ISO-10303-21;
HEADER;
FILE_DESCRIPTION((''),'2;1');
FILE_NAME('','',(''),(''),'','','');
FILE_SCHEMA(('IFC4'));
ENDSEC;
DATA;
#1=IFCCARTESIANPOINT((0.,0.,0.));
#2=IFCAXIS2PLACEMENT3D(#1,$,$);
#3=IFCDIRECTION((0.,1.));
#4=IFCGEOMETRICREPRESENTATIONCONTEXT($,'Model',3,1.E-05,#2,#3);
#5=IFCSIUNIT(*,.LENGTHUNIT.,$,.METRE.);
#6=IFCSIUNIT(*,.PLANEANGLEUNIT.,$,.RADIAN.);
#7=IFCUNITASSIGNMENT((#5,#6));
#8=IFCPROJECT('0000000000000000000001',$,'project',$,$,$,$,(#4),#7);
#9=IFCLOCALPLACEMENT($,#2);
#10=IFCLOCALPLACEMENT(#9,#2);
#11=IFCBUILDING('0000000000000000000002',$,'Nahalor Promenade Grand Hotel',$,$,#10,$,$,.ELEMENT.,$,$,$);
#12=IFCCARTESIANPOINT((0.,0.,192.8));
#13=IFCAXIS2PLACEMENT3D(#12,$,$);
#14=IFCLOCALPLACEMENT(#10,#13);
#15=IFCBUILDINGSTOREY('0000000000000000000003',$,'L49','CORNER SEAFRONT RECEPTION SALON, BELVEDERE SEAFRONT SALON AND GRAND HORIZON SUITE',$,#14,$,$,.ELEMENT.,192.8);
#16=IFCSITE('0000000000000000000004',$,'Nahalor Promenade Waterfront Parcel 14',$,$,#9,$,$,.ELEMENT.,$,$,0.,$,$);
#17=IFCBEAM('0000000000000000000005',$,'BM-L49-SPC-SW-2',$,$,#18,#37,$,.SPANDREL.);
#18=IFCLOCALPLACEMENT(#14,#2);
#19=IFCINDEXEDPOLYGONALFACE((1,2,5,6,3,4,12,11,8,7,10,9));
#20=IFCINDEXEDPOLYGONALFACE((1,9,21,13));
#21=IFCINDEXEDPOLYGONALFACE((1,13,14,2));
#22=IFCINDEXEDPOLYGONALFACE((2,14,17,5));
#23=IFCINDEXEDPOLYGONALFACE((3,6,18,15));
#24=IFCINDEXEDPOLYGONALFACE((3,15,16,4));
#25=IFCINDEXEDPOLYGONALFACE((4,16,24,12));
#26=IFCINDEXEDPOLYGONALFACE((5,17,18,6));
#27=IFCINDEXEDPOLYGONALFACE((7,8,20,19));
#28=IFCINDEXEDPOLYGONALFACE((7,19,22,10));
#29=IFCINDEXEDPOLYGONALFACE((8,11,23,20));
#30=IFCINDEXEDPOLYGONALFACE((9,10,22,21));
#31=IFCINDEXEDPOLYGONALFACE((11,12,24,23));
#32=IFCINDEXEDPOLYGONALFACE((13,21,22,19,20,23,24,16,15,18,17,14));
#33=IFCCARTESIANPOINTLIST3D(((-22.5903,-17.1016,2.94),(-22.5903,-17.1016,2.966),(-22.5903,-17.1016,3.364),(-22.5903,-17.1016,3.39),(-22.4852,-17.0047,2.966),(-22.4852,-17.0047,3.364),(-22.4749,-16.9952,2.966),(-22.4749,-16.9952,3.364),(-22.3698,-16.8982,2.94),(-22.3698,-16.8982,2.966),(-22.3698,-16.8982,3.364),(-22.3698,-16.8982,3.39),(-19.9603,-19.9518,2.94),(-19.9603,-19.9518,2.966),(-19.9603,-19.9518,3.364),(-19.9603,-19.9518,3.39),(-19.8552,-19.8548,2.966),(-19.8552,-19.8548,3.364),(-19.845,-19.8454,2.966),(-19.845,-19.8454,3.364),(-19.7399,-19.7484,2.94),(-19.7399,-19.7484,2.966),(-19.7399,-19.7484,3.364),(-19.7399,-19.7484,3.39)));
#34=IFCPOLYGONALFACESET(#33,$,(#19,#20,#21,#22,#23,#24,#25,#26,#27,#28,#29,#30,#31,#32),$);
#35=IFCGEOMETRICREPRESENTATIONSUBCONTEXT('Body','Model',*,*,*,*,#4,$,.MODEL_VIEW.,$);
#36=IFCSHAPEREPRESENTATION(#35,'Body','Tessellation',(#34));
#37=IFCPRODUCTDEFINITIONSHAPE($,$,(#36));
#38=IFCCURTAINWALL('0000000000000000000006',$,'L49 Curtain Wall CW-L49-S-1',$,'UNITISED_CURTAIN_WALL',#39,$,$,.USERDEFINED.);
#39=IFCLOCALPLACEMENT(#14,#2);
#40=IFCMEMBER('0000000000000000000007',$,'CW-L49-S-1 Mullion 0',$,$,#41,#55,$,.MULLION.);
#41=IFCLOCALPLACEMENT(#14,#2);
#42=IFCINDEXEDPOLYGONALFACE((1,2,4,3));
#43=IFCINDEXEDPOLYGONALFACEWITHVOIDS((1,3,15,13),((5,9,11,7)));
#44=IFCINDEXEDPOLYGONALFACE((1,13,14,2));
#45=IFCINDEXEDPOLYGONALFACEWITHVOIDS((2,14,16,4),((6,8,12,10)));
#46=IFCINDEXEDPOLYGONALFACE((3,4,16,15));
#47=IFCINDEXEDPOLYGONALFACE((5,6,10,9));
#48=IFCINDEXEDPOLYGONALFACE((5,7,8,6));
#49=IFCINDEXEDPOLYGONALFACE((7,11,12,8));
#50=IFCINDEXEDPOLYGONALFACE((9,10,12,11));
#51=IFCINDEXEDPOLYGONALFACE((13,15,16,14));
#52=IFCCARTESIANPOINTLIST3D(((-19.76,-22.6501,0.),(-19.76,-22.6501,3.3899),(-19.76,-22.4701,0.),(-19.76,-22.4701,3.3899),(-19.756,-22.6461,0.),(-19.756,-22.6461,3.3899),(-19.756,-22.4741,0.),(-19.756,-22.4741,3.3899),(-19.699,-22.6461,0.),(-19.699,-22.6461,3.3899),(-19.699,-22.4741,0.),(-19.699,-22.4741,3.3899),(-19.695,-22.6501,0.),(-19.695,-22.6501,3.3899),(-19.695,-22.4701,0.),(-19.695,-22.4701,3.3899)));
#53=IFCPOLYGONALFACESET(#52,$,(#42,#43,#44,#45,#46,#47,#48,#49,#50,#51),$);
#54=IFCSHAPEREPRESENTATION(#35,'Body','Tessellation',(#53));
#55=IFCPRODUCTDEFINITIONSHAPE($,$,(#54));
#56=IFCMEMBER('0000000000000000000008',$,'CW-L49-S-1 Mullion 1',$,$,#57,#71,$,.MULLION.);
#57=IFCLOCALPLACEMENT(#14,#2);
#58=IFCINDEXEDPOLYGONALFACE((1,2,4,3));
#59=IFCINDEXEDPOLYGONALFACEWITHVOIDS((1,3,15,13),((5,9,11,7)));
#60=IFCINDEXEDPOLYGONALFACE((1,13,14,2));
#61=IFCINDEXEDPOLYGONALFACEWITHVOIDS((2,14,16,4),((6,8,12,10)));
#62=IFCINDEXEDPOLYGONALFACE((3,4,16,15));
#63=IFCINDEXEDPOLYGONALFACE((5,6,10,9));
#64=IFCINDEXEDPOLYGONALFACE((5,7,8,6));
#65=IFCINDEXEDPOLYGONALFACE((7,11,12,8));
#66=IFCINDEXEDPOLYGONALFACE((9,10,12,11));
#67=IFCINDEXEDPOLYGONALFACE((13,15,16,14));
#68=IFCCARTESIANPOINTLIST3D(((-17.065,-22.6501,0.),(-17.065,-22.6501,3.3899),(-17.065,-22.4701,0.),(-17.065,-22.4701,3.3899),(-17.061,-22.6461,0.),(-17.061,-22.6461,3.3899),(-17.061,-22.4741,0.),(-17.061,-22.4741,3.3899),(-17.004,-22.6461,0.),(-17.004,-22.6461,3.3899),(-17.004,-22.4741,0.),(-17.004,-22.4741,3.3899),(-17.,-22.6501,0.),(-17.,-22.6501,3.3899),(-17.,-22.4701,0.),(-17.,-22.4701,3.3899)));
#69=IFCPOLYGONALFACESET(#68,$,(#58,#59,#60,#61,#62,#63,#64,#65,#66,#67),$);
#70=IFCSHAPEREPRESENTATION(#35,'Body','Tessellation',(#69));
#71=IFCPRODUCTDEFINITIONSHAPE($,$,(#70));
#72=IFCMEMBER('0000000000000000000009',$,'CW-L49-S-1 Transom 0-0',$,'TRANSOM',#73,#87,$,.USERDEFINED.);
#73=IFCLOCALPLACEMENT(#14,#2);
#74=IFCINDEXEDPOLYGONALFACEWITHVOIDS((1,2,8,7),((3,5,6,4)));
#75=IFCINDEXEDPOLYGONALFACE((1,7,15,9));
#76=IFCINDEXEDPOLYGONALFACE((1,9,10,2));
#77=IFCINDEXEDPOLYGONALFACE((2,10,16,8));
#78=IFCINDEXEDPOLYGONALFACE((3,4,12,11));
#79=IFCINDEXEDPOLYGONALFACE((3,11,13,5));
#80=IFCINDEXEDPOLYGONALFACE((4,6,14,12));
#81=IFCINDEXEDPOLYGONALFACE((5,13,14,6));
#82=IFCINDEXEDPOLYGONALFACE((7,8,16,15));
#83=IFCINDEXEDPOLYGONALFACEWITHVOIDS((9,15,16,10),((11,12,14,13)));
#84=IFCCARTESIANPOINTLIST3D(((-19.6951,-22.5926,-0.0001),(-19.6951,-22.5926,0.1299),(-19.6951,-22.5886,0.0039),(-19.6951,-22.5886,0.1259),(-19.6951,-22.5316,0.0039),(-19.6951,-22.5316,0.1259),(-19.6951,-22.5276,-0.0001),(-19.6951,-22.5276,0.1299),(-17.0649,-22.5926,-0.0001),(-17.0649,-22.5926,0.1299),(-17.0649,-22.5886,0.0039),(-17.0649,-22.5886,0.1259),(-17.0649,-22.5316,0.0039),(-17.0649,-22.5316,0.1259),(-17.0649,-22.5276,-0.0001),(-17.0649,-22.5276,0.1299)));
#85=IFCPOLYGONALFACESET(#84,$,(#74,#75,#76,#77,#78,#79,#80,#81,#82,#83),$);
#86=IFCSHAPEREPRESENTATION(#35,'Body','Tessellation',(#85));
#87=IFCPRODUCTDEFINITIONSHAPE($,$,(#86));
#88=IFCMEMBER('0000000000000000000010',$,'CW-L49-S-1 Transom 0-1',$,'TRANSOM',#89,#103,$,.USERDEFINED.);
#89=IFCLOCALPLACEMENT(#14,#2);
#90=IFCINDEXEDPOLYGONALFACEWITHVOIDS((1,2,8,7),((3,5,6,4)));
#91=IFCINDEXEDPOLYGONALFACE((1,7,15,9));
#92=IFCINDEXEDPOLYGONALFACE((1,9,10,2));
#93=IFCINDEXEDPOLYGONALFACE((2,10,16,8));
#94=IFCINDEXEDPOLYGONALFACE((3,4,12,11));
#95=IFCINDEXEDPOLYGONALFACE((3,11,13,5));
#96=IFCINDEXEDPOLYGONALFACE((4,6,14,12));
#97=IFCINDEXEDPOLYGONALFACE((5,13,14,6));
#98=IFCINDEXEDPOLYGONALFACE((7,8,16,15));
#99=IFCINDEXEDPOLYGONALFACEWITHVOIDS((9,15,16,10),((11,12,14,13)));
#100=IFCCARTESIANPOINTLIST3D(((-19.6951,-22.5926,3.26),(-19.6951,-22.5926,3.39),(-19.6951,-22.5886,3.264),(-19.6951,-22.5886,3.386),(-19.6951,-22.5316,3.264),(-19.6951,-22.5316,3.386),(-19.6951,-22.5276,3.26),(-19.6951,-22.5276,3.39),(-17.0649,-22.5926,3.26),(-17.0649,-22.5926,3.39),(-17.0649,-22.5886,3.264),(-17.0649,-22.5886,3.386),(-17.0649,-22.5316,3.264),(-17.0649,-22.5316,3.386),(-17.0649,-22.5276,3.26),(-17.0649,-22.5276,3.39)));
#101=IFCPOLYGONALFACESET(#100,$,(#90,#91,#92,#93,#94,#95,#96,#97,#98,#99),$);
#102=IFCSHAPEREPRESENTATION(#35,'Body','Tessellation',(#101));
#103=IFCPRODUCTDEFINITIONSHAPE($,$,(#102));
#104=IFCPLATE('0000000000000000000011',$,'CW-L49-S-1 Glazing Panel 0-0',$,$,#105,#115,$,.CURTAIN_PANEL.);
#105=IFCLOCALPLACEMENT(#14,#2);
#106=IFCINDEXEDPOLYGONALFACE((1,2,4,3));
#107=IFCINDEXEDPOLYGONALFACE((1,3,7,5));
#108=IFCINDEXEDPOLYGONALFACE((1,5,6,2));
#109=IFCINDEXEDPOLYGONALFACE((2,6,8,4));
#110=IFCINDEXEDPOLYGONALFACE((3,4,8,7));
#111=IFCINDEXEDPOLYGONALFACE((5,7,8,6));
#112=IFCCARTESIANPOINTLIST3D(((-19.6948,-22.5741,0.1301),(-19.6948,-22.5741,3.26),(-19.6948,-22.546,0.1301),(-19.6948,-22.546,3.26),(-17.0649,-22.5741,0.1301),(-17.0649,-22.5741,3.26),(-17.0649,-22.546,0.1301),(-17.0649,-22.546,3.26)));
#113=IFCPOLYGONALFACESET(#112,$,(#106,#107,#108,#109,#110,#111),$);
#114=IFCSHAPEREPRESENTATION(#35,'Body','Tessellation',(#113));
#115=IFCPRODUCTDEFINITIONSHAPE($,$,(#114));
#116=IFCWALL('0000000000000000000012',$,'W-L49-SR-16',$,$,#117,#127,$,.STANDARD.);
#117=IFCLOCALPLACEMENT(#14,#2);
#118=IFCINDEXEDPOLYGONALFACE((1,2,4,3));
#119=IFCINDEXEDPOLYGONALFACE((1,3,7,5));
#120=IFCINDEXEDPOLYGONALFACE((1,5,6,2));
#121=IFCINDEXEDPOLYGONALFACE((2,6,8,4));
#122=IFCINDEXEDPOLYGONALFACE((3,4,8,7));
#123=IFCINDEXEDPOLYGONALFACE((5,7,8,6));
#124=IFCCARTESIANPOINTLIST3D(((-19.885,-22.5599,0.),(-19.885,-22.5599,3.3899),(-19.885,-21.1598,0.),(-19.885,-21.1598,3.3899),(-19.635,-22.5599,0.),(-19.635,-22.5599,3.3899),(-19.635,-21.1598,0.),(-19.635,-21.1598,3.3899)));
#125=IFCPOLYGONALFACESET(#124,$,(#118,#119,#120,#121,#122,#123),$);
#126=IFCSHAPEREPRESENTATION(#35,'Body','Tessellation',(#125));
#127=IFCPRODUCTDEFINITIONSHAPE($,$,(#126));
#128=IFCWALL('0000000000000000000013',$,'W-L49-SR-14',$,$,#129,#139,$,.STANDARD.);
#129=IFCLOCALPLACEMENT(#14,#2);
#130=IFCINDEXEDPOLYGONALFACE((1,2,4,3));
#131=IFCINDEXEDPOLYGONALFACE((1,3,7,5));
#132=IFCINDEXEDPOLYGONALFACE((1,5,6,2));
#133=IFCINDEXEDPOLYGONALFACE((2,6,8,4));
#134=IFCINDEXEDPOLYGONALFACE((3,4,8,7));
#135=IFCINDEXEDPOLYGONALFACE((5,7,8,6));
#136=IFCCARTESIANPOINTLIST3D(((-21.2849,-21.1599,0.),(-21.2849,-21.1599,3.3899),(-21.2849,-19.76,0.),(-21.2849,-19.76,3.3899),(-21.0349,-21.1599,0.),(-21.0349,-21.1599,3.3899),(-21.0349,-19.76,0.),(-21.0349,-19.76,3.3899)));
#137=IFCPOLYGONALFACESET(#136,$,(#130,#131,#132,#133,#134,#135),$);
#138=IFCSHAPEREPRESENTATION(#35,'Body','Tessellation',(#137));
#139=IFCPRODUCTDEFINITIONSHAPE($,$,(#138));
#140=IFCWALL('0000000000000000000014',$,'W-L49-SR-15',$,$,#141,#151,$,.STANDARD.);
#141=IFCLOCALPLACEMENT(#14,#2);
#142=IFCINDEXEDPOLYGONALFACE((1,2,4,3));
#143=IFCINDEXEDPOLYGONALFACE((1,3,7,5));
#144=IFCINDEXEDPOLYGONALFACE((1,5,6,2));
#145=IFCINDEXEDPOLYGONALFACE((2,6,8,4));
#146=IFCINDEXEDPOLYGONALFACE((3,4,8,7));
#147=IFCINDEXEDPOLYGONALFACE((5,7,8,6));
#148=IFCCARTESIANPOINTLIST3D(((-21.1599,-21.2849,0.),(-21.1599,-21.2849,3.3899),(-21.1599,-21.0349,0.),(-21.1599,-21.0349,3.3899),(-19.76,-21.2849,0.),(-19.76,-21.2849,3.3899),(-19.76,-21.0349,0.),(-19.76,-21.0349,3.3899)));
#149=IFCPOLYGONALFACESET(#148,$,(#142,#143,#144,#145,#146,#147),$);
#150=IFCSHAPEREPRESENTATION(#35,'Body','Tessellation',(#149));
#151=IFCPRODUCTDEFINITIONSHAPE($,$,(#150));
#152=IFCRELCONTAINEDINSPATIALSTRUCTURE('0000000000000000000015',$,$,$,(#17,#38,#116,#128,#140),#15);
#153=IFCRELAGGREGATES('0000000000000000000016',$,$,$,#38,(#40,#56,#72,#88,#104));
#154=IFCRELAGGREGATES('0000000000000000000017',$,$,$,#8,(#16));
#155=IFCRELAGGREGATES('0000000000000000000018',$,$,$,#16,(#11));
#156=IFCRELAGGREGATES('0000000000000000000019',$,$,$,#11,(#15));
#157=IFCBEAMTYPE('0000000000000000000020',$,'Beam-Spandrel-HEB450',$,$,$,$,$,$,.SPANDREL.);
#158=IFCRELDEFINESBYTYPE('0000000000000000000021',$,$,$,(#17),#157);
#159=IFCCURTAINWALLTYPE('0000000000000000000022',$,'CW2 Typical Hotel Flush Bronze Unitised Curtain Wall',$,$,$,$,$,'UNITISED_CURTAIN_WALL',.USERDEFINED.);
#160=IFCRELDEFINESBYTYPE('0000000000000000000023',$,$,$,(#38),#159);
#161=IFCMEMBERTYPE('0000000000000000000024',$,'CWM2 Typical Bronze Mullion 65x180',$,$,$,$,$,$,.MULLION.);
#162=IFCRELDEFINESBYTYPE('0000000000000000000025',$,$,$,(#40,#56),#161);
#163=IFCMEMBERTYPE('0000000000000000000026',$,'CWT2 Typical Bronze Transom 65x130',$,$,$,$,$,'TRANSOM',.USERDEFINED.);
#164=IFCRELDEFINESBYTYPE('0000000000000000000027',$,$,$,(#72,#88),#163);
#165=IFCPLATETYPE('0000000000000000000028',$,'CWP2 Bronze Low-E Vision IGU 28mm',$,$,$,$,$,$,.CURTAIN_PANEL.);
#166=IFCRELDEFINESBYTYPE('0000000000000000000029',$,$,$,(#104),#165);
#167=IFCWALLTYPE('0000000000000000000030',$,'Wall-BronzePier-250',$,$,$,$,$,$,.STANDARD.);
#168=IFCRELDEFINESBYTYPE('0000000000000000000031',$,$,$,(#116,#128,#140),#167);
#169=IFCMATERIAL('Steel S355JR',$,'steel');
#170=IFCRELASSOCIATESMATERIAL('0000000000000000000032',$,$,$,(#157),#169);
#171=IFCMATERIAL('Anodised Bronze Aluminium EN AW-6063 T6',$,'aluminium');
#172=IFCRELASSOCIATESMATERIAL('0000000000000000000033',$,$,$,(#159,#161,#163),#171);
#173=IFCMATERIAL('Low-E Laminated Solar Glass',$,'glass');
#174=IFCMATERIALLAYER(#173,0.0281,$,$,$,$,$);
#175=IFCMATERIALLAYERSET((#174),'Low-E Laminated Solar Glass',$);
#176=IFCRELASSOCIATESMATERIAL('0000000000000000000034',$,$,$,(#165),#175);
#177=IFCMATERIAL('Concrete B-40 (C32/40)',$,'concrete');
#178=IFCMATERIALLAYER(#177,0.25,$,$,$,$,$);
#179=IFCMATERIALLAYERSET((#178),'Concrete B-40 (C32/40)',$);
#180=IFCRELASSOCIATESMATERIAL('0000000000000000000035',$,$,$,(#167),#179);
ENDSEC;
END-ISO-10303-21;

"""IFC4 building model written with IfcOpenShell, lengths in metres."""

from ifc_helpers import new_model, si_unit, direction, frame, frame_2d, origin, origin_2d, place, context, subcontext, project, spatial, rectangle, hollow_rectangle, i_section, extrude, source, transform, mapped, material, layer, layer_set, material_profile, profile_set, type_object, element, aggregate, save


model = new_model("IFC4")

# Units and contexts
model_context = context("Model", 3, precision=1e-05, world=origin(), true_north=direction((0.0, 1.0)))
body_context = subcontext(model_context, "Body", "Model", "MODEL_VIEW")
ifc_project = project(units=[si_unit("LENGTHUNIT", "METRE"), si_unit("PLANEANGLEUNIT", "RADIAN")], contexts=[model_context])

# Site, building, storey
site_placement = place(None, origin())
site = spatial("IfcSite", under=ifc_project, at=site_placement, Name="Nahalor Promenade Waterfront Parcel 14", CompositionType="ELEMENT", RefElevation=0.0)
building_placement = place(site_placement, origin())
building = spatial("IfcBuilding", under=site, at=building_placement, Name="Nahalor Promenade Grand Hotel", CompositionType="ELEMENT")
storey_placement = place(building_placement, frame((0.0, 0.0, 192.8)))
storey = spatial("IfcBuildingStorey", under=building, at=storey_placement, Name="L49", Description="CORNER SEAFRONT RECEPTION SALON, BELVEDERE SEAFRONT SALON AND GRAND HORIZON SUITE", CompositionType="ELEMENT", Elevation=192.8)

# Beam
ifc_material_1 = material(Name="Steel S355JR", Category="steel")
ifc_material_profile_1 = material_profile(ifc_material_1, i_section(OverallWidth=0.3, OverallDepth=0.45, WebThickness=0.014, FlangeThickness=0.026, at=origin_2d()), Name="HEB 450")
ifc_profile_set_1 = profile_set([ifc_material_profile_1], Name="Steel S355JR")
beam_type_1 = type_object("IfcBeamType", Name="Beam-Spandrel-HEB450", PredefinedType="SPANDREL", material=ifc_profile_set_1)
shared_shape_1 = source(origin(), body_context, "Body", "SweptSolid", [
    extrude(i_section(OverallWidth=0.3, OverallDepth=0.45, WebThickness=0.014, FlangeThickness=0.026, at=origin_2d()), origin(), (0.0, 0.0, 1.0), 3.8782),
])
for number, where, z_axis, x_axis, name in (
    (1, (-19.8501, -19.8501, 3.165), (-0.678144, 0.734929, 0.0), (-0.734929, -0.678144, 0.0), "BM-L49-SPC-SW-2"),
):
    element("IfcBeam", number, at=place(storey_placement, frame(where, z_axis=z_axis, x_axis=x_axis)), inside=storey, type_object=beam_type_1, Name=name, PredefinedType="SPANDREL", context=body_context, shape_type="MappedRepresentation", body=[
        mapped(shared_shape_1, transform((0.0, 0.0, 0.0), scale=1.0)),
    ])

# Curtain wall, members, plate
ifc_material_2 = material(Name="Anodised Bronze Aluminium EN AW-6063 T6", Category="aluminium")
curtain_wall_type = type_object("IfcCurtainWallType", Name="CW2 Typical Hotel Flush Bronze Unitised Curtain Wall", ElementType="UNITISED_CURTAIN_WALL", PredefinedType="USERDEFINED", material=ifc_material_2)
curtain_wall_placement = place(storey_placement, origin())
curtain_wall = element("IfcCurtainWall", 2, at=curtain_wall_placement, inside=storey, type_object=curtain_wall_type, Name="L49 Curtain Wall CW-L49-S-1", ObjectType="UNITISED_CURTAIN_WALL", PredefinedType="USERDEFINED")
ifc_material_profile_2 = material_profile(ifc_material_2, hollow_rectangle(XDim=0.065, YDim=0.18, WallThickness=0.004, at=origin_2d()), Name="CWM 65x180x4")
ifc_profile_set_2 = profile_set([ifc_material_profile_2], Name="Anodised Bronze Aluminium EN AW-6063 T6")
member_type_1 = type_object("IfcMemberType", Name="CWM2 Typical Bronze Mullion 65x180", PredefinedType="MULLION", material=ifc_profile_set_2)
shared_shape_2 = source(origin(), body_context, "Body", "SweptSolid", [
    extrude(hollow_rectangle(XDim=0.065, YDim=0.18, WallThickness=0.004, at=origin_2d()), origin(), (0.0, 0.0, 1.0), 3.3899),
])
member_1_placement = place(storey_placement, frame((-19.7275, -22.5601, 0.0), z_axis=(0.0, 0.0, 1.0), x_axis=(1.0, 0.0, 0.0)))
member_1 = element("IfcMember", 3, at=member_1_placement, type_object=member_type_1, Name="CW-L49-S-1 Mullion 0", PredefinedType="MULLION", context=body_context, shape_type="MappedRepresentation", body=[
    mapped(shared_shape_2, transform((0.0, 0.0, 0.0), scale=1.0)),
])
member_2_placement = place(storey_placement, frame((-17.0325, -22.5601, 0.0), z_axis=(0.0, 0.0, 1.0), x_axis=(1.0, 0.0, 0.0)))
member_2 = element("IfcMember", 4, at=member_2_placement, type_object=member_type_1, Name="CW-L49-S-1 Mullion 1", PredefinedType="MULLION", context=body_context, shape_type="MappedRepresentation", body=[
    mapped(shared_shape_2, transform((0.0, 0.0, 0.0), scale=1.0)),
])
ifc_material_profile_3 = material_profile(ifc_material_2, hollow_rectangle(XDim=0.065, YDim=0.13, WallThickness=0.004, at=origin_2d()), Name="CWT 65x130x4")
ifc_profile_set_3 = profile_set([ifc_material_profile_3], Name="Anodised Bronze Aluminium EN AW-6063 T6")
member_type_2 = type_object("IfcMemberType", Name="CWT2 Typical Bronze Transom 65x130", ElementType="TRANSOM", PredefinedType="USERDEFINED", material=ifc_profile_set_3)
shared_shape_3 = source(origin(), body_context, "Body", "SweptSolid", [
    extrude(hollow_rectangle(XDim=0.065, YDim=0.13, WallThickness=0.004, at=origin_2d()), origin(), (0.0, 0.0, 1.0), 2.6301),
])
member_3_placement = place(storey_placement, frame((-19.6951, -22.5601, 0.0649), z_axis=(1.0, 0.0, 0.0), x_axis=(0.0, 1.0, 0.0)))
member_3 = element("IfcMember", 5, at=member_3_placement, type_object=member_type_2, Name="CW-L49-S-1 Transom 0-0", ObjectType="TRANSOM", PredefinedType="USERDEFINED", context=body_context, shape_type="MappedRepresentation", body=[
    mapped(shared_shape_3, transform((0.0, 0.0, 0.0), scale=1.0)),
])
member_4_placement = place(storey_placement, frame((-19.6951, -22.5601, 3.325), z_axis=(1.0, 0.0, 0.0), x_axis=(0.0, 1.0, 0.0)))
member_4 = element("IfcMember", 6, at=member_4_placement, type_object=member_type_2, Name="CW-L49-S-1 Transom 0-1", ObjectType="TRANSOM", PredefinedType="USERDEFINED", context=body_context, shape_type="MappedRepresentation", body=[
    mapped(shared_shape_3, transform((0.0, 0.0, 0.0), scale=1.0)),
])
ifc_material_3 = material(Name="Low-E Laminated Solar Glass", Category="glass")
ifc_layer_1 = layer(ifc_material_3, 0.0281)
ifc_layer_set_1 = layer_set([ifc_layer_1], Name="Low-E Laminated Solar Glass")
plate_type = type_object("IfcPlateType", Name="CWP2 Bronze Low-E Vision IGU 28mm", PredefinedType="CURTAIN_PANEL", material=ifc_layer_set_1)
shared_shape_4 = source(origin(), body_context, "Body", "SweptSolid", [
    extrude(rectangle(XDim=2.6299, YDim=0.0281, at=origin_2d()), origin(), (0.0, 0.0, 1.0), 3.1299),
])
plate_placement = place(storey_placement, frame((-18.3799, -22.5601, 0.1301), z_axis=(0.0, 0.0, 1.0), x_axis=(1.0, 0.0, 0.0)))
plate = element("IfcPlate", 7, at=plate_placement, type_object=plate_type, Name="CW-L49-S-1 Glazing Panel 0-0", PredefinedType="CURTAIN_PANEL", context=body_context, shape_type="MappedRepresentation", body=[
    mapped(shared_shape_4, transform((0.0, 0.0, 0.0), scale=1.0)),
])
aggregate(curtain_wall, [member_1, member_2, member_3, member_4, plate])

# Walls
ifc_material_4 = material(Name="Concrete B-40 (C32/40)", Category="concrete")
ifc_layer_2 = layer(ifc_material_4, 0.25)
ifc_layer_set_2 = layer_set([ifc_layer_2], Name="Concrete B-40 (C32/40)")
wall_type_1 = type_object("IfcWallType", Name="Wall-BronzePier-250", PredefinedType="STANDARD", material=ifc_layer_set_2)
shared_shape_5 = source(origin(), body_context, "Body", "SweptSolid", [
    extrude(rectangle(XDim=1.4001, YDim=0.25, at=frame_2d((0.7002, 0.0))), origin(), (0.0, 0.0, 1.0), 3.3899),
])
wall_1_placement = place(storey_placement, frame((-19.76, -22.5601, 0.0), z_axis=(0.0, 0.0, 1.0), x_axis=(0.0, 1.0, 0.0)))
element("IfcWall", 8, at=wall_1_placement, inside=storey, type_object=wall_type_1, Name="W-L49-SR-16", PredefinedType="STANDARD", context=body_context, shape_type="MappedRepresentation", body=[
    mapped(shared_shape_5, transform((0.0, 0.0, 0.0), scale=1.0)),
])
shared_shape_6 = source(origin(), body_context, "Body", "SweptSolid", [
    extrude(rectangle(XDim=1.3999, YDim=0.25, at=frame_2d((0.7, 0.0))), origin(), (0.0, 0.0, 1.0), 3.3899),
])
for number, where, z_axis, x_axis, name in (
    (9, (-21.1599, -21.1599, 0.0), (0.0, 0.0, 1.0), (0.0, 1.0, 0.0), "W-L49-SR-14"),
    (10, (-21.1599, -21.1599, 0.0), (0.0, 0.0, 1.0), (1.0, 0.0, 0.0), "W-L49-SR-15"),
):
    element("IfcWall", number, at=place(storey_placement, frame(where, z_axis=z_axis, x_axis=x_axis)), inside=storey, type_object=wall_type_1, Name=name, PredefinedType="STANDARD", context=body_context, shape_type="MappedRepresentation", body=[
        mapped(shared_shape_6, transform((0.0, 0.0, 0.0), scale=1.0)),
    ])

save(model, "model.ifc")
